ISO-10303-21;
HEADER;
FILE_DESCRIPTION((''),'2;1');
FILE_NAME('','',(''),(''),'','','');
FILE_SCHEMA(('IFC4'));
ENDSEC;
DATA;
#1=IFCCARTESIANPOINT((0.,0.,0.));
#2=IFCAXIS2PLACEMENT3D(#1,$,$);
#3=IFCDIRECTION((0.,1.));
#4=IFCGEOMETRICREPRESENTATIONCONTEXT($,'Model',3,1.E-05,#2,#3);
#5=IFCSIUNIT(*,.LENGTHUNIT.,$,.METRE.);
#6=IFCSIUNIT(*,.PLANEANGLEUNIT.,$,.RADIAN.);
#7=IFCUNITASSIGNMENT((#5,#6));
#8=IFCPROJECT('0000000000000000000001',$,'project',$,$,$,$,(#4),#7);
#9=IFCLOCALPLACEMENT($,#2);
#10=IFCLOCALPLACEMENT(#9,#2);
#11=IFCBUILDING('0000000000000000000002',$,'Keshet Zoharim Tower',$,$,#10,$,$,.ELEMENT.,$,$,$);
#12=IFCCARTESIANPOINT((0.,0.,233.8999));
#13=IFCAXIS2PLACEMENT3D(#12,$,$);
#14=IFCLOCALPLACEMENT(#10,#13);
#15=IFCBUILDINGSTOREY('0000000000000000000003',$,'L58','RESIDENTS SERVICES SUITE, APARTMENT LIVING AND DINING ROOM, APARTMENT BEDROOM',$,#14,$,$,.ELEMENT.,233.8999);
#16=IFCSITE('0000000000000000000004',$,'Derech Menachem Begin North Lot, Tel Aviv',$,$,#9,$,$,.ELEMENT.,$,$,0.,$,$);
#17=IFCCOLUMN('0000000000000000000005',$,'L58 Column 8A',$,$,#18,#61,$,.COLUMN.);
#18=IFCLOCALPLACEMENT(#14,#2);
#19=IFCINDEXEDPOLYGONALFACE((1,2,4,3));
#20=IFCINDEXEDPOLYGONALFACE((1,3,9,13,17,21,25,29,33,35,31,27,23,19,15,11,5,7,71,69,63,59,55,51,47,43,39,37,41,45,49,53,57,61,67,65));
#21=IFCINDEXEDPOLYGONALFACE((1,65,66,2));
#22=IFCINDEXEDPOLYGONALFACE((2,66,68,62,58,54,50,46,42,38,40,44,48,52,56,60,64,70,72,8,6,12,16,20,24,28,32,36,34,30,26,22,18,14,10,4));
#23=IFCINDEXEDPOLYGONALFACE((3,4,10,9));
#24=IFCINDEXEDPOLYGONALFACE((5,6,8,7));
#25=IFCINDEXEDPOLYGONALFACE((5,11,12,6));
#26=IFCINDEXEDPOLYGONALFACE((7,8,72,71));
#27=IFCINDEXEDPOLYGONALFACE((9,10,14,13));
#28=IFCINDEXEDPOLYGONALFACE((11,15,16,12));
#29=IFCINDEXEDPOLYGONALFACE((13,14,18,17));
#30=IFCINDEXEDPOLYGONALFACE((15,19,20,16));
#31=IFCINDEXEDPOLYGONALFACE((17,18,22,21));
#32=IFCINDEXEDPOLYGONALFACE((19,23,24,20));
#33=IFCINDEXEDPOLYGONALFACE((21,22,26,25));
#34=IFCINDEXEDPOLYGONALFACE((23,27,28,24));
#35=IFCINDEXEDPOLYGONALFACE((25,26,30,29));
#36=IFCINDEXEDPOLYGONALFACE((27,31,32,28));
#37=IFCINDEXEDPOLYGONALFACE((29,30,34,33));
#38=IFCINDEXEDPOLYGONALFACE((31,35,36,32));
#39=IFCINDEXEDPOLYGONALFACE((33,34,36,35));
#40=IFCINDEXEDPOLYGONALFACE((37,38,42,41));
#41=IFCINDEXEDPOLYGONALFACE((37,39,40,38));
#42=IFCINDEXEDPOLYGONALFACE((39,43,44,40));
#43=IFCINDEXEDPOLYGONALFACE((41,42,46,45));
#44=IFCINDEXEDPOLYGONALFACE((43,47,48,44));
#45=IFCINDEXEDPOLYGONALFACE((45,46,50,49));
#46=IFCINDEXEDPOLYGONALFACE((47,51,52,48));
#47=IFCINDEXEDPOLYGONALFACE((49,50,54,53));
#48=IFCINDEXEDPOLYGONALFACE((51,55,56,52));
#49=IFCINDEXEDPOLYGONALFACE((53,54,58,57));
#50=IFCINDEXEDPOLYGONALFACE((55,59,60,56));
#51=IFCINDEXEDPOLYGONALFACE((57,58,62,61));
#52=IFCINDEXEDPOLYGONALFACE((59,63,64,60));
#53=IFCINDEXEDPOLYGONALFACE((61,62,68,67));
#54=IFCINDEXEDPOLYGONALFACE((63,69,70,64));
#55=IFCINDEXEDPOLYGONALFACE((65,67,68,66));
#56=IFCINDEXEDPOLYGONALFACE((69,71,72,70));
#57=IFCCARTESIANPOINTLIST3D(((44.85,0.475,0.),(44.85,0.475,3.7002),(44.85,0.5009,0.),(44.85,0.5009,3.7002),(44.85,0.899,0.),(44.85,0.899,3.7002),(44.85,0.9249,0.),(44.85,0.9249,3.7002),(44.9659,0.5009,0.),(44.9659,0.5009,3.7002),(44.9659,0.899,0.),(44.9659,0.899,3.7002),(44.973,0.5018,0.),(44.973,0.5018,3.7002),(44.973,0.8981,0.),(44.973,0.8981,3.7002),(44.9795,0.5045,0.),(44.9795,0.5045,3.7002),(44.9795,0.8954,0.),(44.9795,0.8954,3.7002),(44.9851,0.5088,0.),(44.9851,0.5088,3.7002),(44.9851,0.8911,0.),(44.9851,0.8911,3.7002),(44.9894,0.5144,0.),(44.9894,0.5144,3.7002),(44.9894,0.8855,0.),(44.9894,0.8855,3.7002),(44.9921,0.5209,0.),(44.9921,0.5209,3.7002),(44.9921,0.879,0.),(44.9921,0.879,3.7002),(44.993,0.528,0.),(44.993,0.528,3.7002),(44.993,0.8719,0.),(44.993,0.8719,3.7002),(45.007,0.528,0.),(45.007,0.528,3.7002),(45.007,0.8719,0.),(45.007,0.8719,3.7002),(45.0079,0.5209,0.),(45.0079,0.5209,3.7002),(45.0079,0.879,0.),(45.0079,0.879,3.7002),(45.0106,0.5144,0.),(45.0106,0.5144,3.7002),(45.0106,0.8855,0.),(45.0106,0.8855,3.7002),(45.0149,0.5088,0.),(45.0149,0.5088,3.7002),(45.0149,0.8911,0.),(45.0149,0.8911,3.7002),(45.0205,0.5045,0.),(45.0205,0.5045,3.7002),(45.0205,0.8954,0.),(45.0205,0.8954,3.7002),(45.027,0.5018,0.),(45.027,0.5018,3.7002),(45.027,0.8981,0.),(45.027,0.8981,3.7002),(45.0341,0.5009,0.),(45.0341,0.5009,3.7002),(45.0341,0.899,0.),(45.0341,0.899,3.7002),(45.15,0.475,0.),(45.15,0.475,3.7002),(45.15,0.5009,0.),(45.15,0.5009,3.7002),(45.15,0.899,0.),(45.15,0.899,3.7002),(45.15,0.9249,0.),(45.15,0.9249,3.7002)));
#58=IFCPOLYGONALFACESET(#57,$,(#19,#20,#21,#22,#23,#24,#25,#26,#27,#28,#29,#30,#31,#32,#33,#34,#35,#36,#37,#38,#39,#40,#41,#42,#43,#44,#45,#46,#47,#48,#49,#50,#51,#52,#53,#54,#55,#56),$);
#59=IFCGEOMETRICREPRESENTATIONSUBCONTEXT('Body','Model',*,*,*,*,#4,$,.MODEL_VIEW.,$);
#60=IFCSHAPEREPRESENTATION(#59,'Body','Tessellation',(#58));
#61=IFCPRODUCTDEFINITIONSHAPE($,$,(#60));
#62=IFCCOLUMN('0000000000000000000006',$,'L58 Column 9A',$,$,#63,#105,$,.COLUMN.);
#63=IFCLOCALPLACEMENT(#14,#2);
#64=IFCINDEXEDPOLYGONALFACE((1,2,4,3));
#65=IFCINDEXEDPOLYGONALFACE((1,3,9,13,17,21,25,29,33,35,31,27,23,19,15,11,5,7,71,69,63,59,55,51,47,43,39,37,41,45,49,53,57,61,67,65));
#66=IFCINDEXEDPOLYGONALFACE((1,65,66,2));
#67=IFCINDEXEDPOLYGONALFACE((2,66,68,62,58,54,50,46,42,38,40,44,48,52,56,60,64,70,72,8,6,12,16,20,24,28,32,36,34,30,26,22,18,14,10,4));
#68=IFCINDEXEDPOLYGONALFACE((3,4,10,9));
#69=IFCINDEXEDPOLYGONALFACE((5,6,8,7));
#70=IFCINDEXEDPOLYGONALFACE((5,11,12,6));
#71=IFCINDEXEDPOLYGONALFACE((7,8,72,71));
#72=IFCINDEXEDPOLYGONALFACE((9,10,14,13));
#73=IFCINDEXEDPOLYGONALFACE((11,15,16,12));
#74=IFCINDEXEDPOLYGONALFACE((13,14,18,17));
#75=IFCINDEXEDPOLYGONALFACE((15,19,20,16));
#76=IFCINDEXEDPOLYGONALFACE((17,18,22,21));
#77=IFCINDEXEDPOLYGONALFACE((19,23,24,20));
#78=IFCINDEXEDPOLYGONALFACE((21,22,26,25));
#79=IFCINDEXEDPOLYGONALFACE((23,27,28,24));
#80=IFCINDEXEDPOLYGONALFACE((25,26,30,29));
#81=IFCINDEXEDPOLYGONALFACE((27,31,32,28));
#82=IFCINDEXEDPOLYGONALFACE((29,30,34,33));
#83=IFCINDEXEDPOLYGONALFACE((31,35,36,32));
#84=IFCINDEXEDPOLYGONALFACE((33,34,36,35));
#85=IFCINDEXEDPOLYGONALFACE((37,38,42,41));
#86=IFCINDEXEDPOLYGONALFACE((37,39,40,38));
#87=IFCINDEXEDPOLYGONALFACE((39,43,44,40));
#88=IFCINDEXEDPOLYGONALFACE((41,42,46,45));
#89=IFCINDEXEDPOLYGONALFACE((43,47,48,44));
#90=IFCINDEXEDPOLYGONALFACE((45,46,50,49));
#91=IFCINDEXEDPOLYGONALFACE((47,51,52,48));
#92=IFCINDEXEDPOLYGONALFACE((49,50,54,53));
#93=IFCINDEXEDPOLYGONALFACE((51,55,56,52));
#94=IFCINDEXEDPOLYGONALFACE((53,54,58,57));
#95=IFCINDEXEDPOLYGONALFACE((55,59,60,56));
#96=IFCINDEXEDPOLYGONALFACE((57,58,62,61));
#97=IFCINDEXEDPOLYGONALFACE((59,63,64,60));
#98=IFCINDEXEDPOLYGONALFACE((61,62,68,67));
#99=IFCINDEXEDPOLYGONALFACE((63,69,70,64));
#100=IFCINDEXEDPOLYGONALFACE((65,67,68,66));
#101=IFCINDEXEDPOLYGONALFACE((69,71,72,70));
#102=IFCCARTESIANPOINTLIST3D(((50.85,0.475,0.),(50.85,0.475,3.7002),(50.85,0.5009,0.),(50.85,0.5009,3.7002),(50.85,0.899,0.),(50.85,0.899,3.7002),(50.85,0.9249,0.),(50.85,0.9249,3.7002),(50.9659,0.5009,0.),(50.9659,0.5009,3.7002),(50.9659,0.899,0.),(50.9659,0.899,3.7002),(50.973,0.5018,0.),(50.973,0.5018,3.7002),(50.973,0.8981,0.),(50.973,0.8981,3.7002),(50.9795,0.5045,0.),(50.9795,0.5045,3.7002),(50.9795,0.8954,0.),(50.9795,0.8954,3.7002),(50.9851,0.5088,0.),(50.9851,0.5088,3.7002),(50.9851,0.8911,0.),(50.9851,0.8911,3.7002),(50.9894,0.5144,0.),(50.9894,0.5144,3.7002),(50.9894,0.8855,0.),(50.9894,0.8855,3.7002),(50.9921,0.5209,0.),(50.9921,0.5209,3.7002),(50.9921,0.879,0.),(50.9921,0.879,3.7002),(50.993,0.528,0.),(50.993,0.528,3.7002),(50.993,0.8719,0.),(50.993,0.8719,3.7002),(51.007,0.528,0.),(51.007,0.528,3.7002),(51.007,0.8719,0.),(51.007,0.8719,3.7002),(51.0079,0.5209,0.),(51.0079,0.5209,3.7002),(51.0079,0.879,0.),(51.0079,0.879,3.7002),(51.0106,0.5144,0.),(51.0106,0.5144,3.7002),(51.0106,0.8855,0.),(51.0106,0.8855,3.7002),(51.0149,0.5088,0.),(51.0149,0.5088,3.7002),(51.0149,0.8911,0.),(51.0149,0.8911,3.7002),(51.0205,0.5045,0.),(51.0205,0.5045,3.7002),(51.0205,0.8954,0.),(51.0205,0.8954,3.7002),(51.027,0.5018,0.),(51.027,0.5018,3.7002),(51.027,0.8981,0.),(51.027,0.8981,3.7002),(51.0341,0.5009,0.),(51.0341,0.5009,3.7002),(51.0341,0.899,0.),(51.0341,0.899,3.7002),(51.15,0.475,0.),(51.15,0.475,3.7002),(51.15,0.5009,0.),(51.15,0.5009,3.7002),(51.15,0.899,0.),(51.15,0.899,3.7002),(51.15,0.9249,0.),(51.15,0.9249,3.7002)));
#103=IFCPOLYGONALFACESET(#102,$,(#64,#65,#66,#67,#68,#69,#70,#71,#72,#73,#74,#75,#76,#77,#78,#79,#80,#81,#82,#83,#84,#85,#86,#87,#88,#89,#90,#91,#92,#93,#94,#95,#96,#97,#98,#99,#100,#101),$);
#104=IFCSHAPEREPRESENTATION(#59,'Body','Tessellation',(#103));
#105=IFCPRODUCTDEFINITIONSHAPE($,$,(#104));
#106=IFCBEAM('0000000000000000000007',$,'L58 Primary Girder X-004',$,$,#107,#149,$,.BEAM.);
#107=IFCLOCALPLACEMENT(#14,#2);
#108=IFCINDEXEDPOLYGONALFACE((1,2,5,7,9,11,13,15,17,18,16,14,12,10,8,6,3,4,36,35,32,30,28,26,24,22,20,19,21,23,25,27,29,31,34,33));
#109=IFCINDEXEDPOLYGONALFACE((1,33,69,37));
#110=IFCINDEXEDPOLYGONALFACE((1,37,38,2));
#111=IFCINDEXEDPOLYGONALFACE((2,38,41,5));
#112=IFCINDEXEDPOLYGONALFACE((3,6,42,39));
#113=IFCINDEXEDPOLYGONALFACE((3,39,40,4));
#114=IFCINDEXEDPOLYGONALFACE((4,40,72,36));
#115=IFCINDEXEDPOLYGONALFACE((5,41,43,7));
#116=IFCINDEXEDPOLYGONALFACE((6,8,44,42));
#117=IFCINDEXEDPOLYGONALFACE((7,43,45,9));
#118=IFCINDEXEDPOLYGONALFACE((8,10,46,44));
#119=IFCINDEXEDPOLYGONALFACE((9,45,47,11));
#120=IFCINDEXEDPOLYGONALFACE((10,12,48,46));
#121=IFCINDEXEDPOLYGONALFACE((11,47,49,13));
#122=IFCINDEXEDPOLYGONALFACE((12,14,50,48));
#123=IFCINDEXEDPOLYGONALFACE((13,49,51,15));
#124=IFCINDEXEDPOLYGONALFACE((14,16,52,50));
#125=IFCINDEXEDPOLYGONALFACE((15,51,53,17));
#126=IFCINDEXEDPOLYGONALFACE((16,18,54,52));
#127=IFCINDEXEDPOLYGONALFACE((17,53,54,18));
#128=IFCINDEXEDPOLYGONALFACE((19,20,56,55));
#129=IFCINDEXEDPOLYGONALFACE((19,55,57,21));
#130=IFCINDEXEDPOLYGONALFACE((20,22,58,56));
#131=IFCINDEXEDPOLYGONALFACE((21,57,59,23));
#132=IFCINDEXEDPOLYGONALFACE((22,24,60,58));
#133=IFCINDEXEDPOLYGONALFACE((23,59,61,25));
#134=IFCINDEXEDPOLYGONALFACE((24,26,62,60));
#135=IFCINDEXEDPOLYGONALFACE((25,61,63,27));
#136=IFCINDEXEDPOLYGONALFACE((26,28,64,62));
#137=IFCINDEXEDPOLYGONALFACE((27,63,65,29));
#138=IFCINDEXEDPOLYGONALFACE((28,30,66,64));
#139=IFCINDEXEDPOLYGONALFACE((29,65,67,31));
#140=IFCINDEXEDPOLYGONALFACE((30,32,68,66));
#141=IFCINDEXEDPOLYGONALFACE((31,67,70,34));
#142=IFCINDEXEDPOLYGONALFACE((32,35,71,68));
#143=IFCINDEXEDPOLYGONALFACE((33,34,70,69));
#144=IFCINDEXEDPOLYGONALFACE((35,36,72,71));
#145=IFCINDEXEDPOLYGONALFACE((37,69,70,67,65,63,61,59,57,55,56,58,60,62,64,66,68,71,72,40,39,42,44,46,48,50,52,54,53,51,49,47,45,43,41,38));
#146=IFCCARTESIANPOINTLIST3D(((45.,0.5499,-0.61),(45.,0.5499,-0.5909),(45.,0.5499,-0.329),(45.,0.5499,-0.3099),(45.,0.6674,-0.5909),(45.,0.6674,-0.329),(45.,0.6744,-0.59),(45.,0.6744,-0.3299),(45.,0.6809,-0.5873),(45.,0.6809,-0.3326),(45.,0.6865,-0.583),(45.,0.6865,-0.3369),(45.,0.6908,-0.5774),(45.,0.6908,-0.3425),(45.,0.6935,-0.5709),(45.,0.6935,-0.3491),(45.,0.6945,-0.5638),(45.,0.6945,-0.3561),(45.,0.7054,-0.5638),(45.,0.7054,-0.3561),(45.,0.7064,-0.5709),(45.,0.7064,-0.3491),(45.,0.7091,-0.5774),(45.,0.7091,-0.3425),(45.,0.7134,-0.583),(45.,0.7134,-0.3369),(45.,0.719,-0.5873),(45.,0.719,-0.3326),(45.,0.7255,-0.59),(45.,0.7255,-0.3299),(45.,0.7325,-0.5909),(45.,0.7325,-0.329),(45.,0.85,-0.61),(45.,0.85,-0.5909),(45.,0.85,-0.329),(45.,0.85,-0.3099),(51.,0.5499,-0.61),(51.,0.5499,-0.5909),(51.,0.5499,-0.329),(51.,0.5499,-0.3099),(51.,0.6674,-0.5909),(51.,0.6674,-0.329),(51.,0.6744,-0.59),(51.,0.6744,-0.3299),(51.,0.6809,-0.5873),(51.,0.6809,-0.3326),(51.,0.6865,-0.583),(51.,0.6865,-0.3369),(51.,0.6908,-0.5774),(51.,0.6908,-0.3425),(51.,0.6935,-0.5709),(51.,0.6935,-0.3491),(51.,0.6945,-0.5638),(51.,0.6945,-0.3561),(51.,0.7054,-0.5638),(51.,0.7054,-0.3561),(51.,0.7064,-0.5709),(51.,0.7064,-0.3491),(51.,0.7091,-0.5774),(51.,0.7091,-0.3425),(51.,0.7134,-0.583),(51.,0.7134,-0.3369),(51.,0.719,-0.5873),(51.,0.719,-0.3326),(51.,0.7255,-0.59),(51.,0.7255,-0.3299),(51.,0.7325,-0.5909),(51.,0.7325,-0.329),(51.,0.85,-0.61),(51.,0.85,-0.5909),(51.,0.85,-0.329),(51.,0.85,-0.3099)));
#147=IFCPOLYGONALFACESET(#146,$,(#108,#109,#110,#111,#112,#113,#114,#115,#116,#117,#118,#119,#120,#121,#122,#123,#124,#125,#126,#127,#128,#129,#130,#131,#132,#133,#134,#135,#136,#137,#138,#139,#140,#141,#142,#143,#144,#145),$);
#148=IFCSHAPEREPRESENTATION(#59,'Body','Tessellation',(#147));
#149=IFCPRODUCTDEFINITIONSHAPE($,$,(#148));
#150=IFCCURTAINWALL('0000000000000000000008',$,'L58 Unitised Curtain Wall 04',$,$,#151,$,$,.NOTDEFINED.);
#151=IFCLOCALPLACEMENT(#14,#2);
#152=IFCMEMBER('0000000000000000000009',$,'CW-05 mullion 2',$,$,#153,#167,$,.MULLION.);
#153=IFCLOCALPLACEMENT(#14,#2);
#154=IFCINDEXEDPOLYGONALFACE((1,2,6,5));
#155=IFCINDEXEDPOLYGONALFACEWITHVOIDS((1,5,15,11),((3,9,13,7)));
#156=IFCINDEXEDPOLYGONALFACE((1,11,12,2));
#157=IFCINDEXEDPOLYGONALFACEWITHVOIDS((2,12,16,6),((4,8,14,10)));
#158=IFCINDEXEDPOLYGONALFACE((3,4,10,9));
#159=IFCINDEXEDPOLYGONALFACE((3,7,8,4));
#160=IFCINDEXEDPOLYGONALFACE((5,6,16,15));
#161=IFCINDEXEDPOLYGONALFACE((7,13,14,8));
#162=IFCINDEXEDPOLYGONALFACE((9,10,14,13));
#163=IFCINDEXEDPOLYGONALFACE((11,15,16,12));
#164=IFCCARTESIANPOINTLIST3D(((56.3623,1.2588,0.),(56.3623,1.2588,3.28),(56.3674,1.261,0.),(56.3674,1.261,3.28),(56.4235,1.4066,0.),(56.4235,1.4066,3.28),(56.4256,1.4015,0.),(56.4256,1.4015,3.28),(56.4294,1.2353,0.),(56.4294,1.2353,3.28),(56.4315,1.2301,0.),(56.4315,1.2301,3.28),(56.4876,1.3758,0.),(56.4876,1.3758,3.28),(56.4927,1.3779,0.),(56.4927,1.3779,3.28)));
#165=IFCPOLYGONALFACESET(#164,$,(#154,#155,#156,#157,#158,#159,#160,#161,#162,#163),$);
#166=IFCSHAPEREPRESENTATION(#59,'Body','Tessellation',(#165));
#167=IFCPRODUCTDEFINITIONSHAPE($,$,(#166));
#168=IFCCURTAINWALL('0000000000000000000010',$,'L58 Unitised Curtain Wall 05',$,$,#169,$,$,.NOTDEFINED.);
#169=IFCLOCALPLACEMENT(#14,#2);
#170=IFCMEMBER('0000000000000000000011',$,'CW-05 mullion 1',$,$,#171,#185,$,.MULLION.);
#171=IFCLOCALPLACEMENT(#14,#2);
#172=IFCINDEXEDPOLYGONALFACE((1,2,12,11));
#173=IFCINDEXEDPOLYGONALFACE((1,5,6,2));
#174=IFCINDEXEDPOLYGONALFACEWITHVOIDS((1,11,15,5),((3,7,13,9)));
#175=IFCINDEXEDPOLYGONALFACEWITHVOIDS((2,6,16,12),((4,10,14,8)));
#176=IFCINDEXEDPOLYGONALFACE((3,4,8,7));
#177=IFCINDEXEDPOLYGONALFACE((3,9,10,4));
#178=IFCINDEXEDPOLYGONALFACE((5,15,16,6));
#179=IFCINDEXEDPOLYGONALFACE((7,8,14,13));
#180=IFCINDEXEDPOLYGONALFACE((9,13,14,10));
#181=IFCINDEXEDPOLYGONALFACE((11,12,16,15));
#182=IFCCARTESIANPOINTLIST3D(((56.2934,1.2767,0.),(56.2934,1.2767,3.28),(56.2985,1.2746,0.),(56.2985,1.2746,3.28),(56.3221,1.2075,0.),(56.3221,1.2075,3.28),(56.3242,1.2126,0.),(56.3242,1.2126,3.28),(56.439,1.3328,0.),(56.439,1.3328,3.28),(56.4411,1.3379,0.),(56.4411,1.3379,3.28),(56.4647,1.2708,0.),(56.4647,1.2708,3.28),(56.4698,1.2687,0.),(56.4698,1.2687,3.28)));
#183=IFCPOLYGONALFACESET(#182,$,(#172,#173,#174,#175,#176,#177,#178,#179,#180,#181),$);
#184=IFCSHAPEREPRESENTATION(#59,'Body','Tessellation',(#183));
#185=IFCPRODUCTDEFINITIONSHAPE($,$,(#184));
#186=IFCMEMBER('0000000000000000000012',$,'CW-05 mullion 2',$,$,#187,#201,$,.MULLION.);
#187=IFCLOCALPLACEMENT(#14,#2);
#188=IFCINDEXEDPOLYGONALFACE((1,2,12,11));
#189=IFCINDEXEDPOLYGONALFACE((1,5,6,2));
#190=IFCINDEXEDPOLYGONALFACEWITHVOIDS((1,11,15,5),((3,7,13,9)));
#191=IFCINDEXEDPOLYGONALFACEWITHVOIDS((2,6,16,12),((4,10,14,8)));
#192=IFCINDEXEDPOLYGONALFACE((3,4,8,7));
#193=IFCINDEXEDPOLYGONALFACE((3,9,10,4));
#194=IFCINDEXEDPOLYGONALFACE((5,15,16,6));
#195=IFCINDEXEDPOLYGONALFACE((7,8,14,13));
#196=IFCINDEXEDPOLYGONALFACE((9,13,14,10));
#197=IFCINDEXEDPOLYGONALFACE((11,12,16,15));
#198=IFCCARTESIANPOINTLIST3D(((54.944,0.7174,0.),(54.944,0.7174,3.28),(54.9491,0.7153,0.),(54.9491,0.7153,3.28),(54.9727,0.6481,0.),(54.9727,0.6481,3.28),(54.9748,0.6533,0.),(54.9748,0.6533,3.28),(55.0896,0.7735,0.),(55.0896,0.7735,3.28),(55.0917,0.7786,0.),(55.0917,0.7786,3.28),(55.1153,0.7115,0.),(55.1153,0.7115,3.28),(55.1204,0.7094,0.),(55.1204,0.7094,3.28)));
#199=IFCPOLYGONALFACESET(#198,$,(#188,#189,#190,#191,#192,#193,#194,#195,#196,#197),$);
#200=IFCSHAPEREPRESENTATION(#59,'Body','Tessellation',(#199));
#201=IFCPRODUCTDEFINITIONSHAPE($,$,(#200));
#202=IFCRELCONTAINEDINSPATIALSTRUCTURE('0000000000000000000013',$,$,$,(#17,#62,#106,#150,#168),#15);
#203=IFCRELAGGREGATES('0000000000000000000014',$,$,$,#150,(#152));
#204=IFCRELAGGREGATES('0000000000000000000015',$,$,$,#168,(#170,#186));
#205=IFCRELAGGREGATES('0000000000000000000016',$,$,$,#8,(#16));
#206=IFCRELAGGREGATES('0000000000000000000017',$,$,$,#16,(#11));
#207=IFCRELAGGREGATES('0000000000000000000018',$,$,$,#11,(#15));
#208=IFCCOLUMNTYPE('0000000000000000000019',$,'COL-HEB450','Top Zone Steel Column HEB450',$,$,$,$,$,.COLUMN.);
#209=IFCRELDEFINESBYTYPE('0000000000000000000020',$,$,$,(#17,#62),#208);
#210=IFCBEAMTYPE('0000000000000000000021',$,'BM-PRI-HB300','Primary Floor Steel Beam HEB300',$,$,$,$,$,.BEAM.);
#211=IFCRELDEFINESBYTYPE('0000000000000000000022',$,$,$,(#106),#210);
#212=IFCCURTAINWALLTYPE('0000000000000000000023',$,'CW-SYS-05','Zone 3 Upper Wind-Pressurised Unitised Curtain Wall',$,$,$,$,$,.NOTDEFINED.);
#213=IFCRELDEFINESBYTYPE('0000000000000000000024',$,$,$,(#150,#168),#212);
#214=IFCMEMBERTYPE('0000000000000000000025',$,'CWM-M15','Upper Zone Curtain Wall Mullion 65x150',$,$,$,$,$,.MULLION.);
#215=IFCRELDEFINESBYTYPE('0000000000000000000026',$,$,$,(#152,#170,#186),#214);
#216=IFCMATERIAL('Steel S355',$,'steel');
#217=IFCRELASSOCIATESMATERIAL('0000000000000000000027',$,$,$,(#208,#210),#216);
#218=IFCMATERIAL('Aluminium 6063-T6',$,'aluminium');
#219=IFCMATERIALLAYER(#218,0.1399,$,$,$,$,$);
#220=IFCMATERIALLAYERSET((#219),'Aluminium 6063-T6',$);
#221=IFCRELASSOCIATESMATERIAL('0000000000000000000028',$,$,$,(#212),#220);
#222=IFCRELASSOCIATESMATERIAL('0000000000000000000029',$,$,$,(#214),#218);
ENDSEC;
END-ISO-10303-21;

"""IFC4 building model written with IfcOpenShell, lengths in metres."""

from ifc_helpers import new_model, si_unit, direction, frame, origin, origin_2d, place, context, subcontext, project, spatial, hollow_rectangle, i_section, extrude, material, layer, layer_set, material_profile, profile_set, type_object, element, aggregate, save


model = new_model("IFC4")

# Units and contexts
model_context = context("Model", 3, precision=1e-05, world=origin(), true_north=direction((0.0, 1.0)))
body_context = subcontext(model_context, "Body", "Model", "MODEL_VIEW")
ifc_project = project(units=[si_unit("LENGTHUNIT", "METRE"), si_unit("PLANEANGLEUNIT", "RADIAN")], contexts=[model_context])

# Site, building, storey
site_placement = place(None, origin())
site = spatial("IfcSite", under=ifc_project, at=site_placement, Name="Derech Menachem Begin North Lot, Tel Aviv", CompositionType="ELEMENT", RefElevation=0.0)
building_placement = place(site_placement, origin())
building = spatial("IfcBuilding", under=site, at=building_placement, Name="Keshet Zoharim Tower", CompositionType="ELEMENT")
storey_placement = place(building_placement, frame((0.0, 0.0, 233.8999)))
storey = spatial("IfcBuildingStorey", under=building, at=storey_placement, Name="L58", Description="RESIDENTS SERVICES SUITE, APARTMENT LIVING AND DINING ROOM, APARTMENT BEDROOM", CompositionType="ELEMENT", Elevation=233.8999)

# Columns
ifc_material_1 = material(Name="Steel S355", Category="steel")
ifc_material_profile_1 = material_profile(ifc_material_1, i_section(OverallWidth=0.3, OverallDepth=0.45, WebThickness=0.0139, FlangeThickness=0.0259, FilletRadius=0.0271, at=origin_2d()), Name="HEB450")
ifc_profile_set_1 = profile_set([ifc_material_profile_1], Name="Steel S355")
column_type = type_object("IfcColumnType", Name="COL-HEB450", Description="Top Zone Steel Column HEB450", PredefinedType="COLUMN", material=ifc_profile_set_1)
for number, where, z_axis, x_axis, name in (
    (1, (45.0, 0.7, 0.0), (0.0, 0.0, 1.0), (1.0, 0.0, 0.0), "L58 Column 8A"),
    (2, (51.0, 0.7, 0.0), (0.0, 0.0, 1.0), (1.0, 0.0, 0.0), "L58 Column 9A"),
):
    element("IfcColumn", number, at=place(storey_placement, frame(where, z_axis=z_axis, x_axis=x_axis)), inside=storey, type_object=column_type, Name=name, PredefinedType="COLUMN", context=body_context, shape_type="SweptSolid", body=[
        extrude(i_section(OverallWidth=0.3, OverallDepth=0.45, WebThickness=0.0139, FlangeThickness=0.0259, FilletRadius=0.0271, at=origin_2d()), origin(), (0.0, 0.0, 1.0), 3.7002),
    ])

# Beam
ifc_material_profile_2 = material_profile(ifc_material_1, i_section(OverallWidth=0.3, OverallDepth=0.3, WebThickness=0.011, FlangeThickness=0.019, FilletRadius=0.0271, at=origin_2d()), Name="HEB300")
ifc_profile_set_2 = profile_set([ifc_material_profile_2], Name="Steel S355")
beam_type = type_object("IfcBeamType", Name="BM-PRI-HB300", Description="Primary Floor Steel Beam HEB300", PredefinedType="BEAM", material=ifc_profile_set_2)
beam_placement = place(storey_placement, frame((45.0, 0.7, -0.46), z_axis=(1.0, 0.0, 0.0), x_axis=(0.0, 1.0, 0.0)))
element("IfcBeam", 3, at=beam_placement, inside=storey, type_object=beam_type, Name="L58 Primary Girder X-004", PredefinedType="BEAM", context=body_context, shape_type="SweptSolid", body=[
    extrude(i_section(OverallWidth=0.3, OverallDepth=0.3, WebThickness=0.011, FlangeThickness=0.019, FilletRadius=0.0271, at=origin_2d()), origin(), (0.0, 0.0, 1.0), 6.0),
])

# Curtain wall, member
ifc_material_2 = material(Name="Aluminium 6063-T6", Category="aluminium")
ifc_layer_1 = layer(ifc_material_2, 0.1399)
ifc_layer_set_1 = layer_set([ifc_layer_1], Name="Aluminium 6063-T6")
curtain_wall_type = type_object("IfcCurtainWallType", Name="CW-SYS-05", Description="Zone 3 Upper Wind-Pressurised Unitised Curtain Wall", PredefinedType="NOTDEFINED", material=ifc_layer_set_1)
curtain_wall_1_placement = place(storey_placement, origin())
curtain_wall_1 = element("IfcCurtainWall", 4, at=curtain_wall_1_placement, inside=storey, type_object=curtain_wall_type, Name="L58 Unitised Curtain Wall 04", PredefinedType="NOTDEFINED")
ifc_material_profile_3 = material_profile(ifc_material_2, hollow_rectangle(XDim=0.075, YDim=0.1599, WallThickness=0.0039, at=origin_2d()), Name="MUL-75x160")
ifc_profile_set_3 = profile_set([ifc_material_profile_3], Name="Aluminium 6063-T6")
member_type_1 = type_object("IfcMemberType", Name="CWM-M15", Description="Upper Zone Curtain Wall Mullion 65x150", PredefinedType="MULLION", material=ifc_profile_set_3)
member_1_placement = place(storey_placement, frame((56.4275, 1.3184, 0.0), z_axis=(0.0, 0.0, 1.0), x_axis=(0.92381, -0.382852, 0.0)))
member_1 = element("IfcMember", 5, at=member_1_placement, type_object=member_type_1, Name="CW-05 mullion 2", PredefinedType="MULLION", context=body_context, shape_type="SweptSolid", body=[
    extrude(hollow_rectangle(XDim=0.075, YDim=0.1599, WallThickness=0.0039, at=origin_2d()), origin(), (0.0, 0.0, 1.0), 3.28),
])

# Curtain wall, members
curtain_wall_2_placement = place(storey_placement, origin())
curtain_wall_2 = element("IfcCurtainWall", 6, at=curtain_wall_2_placement, inside=storey, type_object=curtain_wall_type, Name="L58 Unitised Curtain Wall 05", PredefinedType="NOTDEFINED")
member_2_placement = place(storey_placement, frame((56.3816, 1.2727, 0.0), z_axis=(0.0, 0.0, 1.0), x_axis=(0.382852, -0.92381, 0.0)))
member_2 = element("IfcMember", 7, at=member_2_placement, type_object=member_type_1, Name="CW-05 mullion 1", PredefinedType="MULLION", context=body_context, shape_type="SweptSolid", body=[
    extrude(hollow_rectangle(XDim=0.075, YDim=0.1599, WallThickness=0.0039, at=origin_2d()), origin(), (0.0, 0.0, 1.0), 3.28),
])
member_3_placement = place(storey_placement, frame((55.0322, 0.7134, 0.0), z_axis=(0.0, 0.0, 1.0), x_axis=(0.382852, -0.92381, 0.0)))
member_3 = element("IfcMember", 8, at=member_3_placement, type_object=member_type_1, Name="CW-05 mullion 2", PredefinedType="MULLION", context=body_context, shape_type="SweptSolid", body=[
    extrude(hollow_rectangle(XDim=0.075, YDim=0.1599, WallThickness=0.0039, at=origin_2d()), origin(), (0.0, 0.0, 1.0), 3.28),
])

aggregate(curtain_wall_1, [member_1])
aggregate(curtain_wall_2, [member_2, member_3])

save(model, "model.ifc")
